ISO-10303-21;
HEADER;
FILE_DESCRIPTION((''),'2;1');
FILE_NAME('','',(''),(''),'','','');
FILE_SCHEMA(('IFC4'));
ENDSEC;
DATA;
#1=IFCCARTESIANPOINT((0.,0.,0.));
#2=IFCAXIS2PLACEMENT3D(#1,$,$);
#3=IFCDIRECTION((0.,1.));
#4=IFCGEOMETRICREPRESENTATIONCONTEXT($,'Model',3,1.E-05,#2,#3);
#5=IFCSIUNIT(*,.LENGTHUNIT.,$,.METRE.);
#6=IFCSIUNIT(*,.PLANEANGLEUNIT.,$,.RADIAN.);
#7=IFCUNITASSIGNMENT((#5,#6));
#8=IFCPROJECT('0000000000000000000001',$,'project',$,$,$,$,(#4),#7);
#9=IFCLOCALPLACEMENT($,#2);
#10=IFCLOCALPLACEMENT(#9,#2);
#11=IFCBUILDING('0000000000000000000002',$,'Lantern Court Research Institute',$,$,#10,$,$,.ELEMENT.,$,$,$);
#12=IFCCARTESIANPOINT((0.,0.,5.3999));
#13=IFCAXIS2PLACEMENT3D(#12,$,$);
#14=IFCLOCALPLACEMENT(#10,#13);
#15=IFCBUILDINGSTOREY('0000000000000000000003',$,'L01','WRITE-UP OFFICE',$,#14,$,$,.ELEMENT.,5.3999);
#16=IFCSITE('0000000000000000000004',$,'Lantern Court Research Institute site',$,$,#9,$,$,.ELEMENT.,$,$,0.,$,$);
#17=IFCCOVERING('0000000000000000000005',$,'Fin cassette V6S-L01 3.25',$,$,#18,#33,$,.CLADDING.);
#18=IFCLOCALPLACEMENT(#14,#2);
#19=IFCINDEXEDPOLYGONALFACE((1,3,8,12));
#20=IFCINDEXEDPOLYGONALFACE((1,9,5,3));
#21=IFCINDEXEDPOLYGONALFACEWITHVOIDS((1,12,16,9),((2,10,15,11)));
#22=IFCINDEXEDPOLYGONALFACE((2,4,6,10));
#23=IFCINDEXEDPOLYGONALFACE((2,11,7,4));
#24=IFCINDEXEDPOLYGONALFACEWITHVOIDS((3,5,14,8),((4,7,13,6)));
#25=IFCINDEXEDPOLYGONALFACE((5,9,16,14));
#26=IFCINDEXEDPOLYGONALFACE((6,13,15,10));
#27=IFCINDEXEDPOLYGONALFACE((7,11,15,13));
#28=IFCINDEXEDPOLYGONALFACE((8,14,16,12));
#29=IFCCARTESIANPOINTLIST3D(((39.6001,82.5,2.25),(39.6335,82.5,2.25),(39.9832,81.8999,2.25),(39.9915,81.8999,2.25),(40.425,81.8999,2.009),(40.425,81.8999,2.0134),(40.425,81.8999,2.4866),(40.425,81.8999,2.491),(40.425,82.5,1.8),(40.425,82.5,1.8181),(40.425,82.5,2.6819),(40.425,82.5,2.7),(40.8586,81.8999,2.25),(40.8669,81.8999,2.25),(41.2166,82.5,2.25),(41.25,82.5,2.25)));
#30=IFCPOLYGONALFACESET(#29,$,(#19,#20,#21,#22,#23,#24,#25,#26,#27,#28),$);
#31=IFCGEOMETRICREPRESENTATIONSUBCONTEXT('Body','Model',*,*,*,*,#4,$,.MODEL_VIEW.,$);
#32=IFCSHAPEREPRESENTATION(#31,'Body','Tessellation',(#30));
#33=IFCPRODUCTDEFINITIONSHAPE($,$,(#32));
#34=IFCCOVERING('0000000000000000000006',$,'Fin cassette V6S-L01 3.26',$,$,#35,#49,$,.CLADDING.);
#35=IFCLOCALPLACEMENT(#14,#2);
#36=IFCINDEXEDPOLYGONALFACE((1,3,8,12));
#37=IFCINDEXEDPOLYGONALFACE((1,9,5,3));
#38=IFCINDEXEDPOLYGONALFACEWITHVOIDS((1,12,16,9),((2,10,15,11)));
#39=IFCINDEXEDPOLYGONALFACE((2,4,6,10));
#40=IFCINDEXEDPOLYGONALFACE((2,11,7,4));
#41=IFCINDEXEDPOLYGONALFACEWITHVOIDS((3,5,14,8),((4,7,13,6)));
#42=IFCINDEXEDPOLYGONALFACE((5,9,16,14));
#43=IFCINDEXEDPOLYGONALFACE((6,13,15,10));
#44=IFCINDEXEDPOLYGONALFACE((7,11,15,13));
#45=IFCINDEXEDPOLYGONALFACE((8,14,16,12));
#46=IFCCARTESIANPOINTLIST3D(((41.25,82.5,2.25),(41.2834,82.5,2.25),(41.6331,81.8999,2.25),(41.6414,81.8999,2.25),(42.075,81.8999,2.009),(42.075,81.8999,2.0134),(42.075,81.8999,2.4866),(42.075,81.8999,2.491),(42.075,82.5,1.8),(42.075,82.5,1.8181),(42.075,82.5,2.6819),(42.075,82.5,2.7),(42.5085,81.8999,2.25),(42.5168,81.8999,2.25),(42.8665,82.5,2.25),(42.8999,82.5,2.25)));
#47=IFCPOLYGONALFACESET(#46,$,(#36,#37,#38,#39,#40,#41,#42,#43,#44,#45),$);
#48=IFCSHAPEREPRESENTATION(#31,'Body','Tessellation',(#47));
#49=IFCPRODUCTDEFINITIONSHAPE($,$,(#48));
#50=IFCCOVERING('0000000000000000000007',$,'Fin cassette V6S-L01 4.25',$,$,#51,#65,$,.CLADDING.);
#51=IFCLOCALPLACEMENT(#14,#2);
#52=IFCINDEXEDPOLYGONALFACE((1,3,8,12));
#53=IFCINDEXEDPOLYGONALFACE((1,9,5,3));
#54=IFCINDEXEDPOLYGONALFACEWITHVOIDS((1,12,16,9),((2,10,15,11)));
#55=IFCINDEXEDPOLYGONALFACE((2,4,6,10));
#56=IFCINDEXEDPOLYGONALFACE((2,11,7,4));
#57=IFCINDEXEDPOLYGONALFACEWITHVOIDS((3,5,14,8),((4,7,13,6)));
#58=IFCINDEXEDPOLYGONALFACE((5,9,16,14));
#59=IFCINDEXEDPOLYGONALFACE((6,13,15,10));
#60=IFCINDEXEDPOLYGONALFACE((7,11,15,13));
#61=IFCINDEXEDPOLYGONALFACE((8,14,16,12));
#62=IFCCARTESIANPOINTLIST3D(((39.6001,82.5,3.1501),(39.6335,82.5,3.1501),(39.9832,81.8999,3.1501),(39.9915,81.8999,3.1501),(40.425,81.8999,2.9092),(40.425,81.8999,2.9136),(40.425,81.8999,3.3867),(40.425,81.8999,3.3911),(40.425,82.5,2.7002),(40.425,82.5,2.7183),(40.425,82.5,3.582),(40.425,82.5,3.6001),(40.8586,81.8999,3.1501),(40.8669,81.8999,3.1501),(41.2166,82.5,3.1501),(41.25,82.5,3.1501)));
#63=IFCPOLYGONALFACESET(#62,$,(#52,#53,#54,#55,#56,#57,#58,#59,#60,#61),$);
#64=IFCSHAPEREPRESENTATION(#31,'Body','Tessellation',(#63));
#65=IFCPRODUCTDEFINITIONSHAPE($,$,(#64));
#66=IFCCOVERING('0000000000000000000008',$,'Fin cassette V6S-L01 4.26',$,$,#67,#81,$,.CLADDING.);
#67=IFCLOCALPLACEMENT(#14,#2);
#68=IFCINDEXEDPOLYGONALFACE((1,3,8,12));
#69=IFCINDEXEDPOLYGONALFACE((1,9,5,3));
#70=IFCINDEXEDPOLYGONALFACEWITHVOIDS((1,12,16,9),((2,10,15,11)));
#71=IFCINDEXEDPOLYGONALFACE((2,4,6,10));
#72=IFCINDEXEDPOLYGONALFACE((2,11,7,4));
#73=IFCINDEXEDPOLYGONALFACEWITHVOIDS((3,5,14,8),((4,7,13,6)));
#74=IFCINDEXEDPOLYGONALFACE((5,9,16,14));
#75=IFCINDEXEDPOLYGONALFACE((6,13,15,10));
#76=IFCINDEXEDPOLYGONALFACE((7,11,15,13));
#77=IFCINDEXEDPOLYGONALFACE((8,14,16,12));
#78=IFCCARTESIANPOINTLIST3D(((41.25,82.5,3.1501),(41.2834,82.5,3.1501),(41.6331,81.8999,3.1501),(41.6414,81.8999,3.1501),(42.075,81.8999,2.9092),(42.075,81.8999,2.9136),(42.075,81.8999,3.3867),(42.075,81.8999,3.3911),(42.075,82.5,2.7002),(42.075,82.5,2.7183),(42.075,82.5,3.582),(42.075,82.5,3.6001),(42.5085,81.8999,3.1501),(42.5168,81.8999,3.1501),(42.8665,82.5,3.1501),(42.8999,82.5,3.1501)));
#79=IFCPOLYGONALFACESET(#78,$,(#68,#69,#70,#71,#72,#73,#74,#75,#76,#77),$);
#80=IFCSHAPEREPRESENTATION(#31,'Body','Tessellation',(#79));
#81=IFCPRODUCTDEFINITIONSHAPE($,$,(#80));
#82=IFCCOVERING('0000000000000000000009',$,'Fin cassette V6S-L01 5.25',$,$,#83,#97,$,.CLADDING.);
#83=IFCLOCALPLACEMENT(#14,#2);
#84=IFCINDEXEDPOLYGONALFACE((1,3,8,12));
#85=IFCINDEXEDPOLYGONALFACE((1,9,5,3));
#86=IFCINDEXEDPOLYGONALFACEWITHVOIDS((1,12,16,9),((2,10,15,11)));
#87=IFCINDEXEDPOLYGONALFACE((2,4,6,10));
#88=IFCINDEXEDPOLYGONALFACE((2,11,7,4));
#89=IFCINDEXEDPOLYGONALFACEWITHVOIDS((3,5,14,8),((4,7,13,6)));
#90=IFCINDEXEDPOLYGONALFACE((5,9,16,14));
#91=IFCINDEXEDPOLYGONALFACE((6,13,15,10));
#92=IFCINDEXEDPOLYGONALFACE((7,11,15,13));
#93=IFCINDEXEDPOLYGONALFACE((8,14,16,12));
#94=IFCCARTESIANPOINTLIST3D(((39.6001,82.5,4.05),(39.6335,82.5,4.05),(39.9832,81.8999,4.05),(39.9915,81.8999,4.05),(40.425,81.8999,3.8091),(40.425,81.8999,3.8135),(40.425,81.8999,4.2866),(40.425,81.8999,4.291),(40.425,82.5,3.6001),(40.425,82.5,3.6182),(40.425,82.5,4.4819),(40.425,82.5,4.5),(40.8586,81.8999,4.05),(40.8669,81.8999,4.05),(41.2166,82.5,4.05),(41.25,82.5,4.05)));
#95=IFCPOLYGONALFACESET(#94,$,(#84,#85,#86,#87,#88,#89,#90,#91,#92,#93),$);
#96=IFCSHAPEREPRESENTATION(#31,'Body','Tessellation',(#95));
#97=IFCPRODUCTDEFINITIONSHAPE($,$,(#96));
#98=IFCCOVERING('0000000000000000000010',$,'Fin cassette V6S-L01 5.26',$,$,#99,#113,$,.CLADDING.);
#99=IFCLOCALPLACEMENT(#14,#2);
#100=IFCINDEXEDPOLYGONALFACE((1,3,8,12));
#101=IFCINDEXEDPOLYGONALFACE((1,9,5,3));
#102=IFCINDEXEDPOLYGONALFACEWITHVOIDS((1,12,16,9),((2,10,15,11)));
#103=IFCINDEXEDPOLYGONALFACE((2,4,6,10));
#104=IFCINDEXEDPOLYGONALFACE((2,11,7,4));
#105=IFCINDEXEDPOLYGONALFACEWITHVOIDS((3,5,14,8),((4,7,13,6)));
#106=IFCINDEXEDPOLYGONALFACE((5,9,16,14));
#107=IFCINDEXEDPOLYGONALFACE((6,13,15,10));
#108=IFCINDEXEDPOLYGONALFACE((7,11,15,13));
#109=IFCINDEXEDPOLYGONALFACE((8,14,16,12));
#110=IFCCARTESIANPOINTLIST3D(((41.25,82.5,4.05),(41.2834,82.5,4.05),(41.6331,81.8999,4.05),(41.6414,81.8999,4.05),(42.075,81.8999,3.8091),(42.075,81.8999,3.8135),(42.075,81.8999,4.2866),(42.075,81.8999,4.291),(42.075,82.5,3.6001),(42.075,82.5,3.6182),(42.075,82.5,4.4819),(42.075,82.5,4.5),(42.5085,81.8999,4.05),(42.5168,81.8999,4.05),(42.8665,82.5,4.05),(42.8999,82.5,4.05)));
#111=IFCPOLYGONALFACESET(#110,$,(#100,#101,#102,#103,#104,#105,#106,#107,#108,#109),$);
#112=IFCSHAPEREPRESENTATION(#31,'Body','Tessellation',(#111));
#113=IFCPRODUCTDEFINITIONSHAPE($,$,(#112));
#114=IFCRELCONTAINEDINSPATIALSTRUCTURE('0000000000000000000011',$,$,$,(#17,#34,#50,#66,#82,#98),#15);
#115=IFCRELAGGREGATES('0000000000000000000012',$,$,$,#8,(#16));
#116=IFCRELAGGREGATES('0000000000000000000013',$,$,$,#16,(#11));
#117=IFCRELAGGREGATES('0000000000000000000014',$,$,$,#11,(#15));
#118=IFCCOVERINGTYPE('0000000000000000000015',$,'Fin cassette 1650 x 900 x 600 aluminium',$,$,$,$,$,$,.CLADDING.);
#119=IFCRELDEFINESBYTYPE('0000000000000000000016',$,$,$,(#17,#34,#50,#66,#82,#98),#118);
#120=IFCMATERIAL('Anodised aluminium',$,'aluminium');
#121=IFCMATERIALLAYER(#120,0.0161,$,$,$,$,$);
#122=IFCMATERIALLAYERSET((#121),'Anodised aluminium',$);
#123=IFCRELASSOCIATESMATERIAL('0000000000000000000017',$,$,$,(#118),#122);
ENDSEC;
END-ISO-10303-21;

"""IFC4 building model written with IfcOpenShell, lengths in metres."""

from ifc_helpers import new_model, entity, si_unit, direction, frame, origin, place, context, subcontext, project, spatial, material, layer, layer_set, type_object, element, save


model = new_model("IFC4")

# Units and contexts
model_context = context("Model", 3, precision=1e-05, world=origin(), true_north=direction((0.0, 1.0)))
body_context = subcontext(model_context, "Body", "Model", "MODEL_VIEW")
ifc_project = project(units=[si_unit("LENGTHUNIT", "METRE"), si_unit("PLANEANGLEUNIT", "RADIAN")], contexts=[model_context])

# Site, building, storey
site_placement = place(None, origin())
site = spatial("IfcSite", under=ifc_project, at=site_placement, Name="Lantern Court Research Institute site", CompositionType="ELEMENT", RefElevation=0.0)
building_placement = place(site_placement, origin())
building = spatial("IfcBuilding", under=site, at=building_placement, Name="Lantern Court Research Institute", CompositionType="ELEMENT")
storey_placement = place(building_placement, frame((0.0, 0.0, 5.3999)))
storey = spatial("IfcBuildingStorey", under=building, at=storey_placement, Name="L01", Description="WRITE-UP OFFICE", CompositionType="ELEMENT", Elevation=5.3999)

# Coverings
ifc_material_1 = material(Name="Anodised aluminium", Category="aluminium")
ifc_layer_1 = layer(ifc_material_1, 0.0161)
ifc_layer_set_1 = layer_set([ifc_layer_1], Name="Anodised aluminium")
covering_type = type_object("IfcCoveringType", Name="Fin cassette 1650 x 900 x 600 aluminium", PredefinedType="CLADDING", material=ifc_layer_set_1)
covering_1_placement = place(storey_placement, frame((40.425, 82.5, 2.25), z_axis=(0.0, -1.0, 0.0), x_axis=(1.0, 0.0, 0.0)))
cartesian_point_1 = entity("IfcCartesianPoint", [0.825, 0.0])
cartesian_point_2 = entity("IfcCartesianPoint", [0.7915, 0.0])
cartesian_point_3 = entity("IfcCartesianPoint", [0.4419, 0.0])
cartesian_point_4 = entity("IfcCartesianPoint", [0.4336, 0.0])
element("IfcCovering", 1, at=covering_1_placement, inside=storey, type_object=covering_type, Name="Fin cassette V6S-L01 3.25", PredefinedType="CLADDING", context=body_context, shape_type="SweptSolid", body=[
    entity("IfcExtrudedAreaSolidTapered", entity("IfcArbitraryProfileDefWithVoids", "AREA", None, entity("IfcPolyline", [cartesian_point_1, entity("IfcCartesianPoint", [0.0, 0.45]), entity("IfcCartesianPoint", [-0.825, 0.0]), entity("IfcCartesianPoint", [0.0, -0.45]), cartesian_point_1]), [entity("IfcPolyline", [cartesian_point_2, entity("IfcCartesianPoint", [0.0, 0.4319]), entity("IfcCartesianPoint", [-0.7915, 0.0]), entity("IfcCartesianPoint", [0.0, -0.4319]), cartesian_point_2])]), entity("IfcAxis2Placement3D", entity("IfcCartesianPoint", [0.0, 0.0, 0.0])), entity("IfcDirection", [0.0, 0.0, 1.0]), 0.6001, entity("IfcArbitraryProfileDefWithVoids", "AREA", None, entity("IfcPolyline", [cartesian_point_3, entity("IfcCartesianPoint", [0.0, 0.241]), entity("IfcCartesianPoint", [-0.4419, 0.0]), entity("IfcCartesianPoint", [0.0, -0.241]), cartesian_point_3]), [entity("IfcPolyline", [cartesian_point_4, entity("IfcCartesianPoint", [0.0, 0.2366]), entity("IfcCartesianPoint", [-0.4336, 0.0]), entity("IfcCartesianPoint", [0.0, -0.2366]), cartesian_point_4])])),
])
covering_2_placement = place(storey_placement, frame((42.075, 82.5, 2.25), z_axis=(0.0, -1.0, 0.0), x_axis=(1.0, 0.0, 0.0)))
cartesian_point_5 = entity("IfcCartesianPoint", [0.825, 0.0])
cartesian_point_6 = entity("IfcCartesianPoint", [0.7915, 0.0])
cartesian_point_7 = entity("IfcCartesianPoint", [0.4419, 0.0])
cartesian_point_8 = entity("IfcCartesianPoint", [0.4336, 0.0])
element("IfcCovering", 2, at=covering_2_placement, inside=storey, type_object=covering_type, Name="Fin cassette V6S-L01 3.26", PredefinedType="CLADDING", context=body_context, shape_type="SweptSolid", body=[
    entity("IfcExtrudedAreaSolidTapered", entity("IfcArbitraryProfileDefWithVoids", "AREA", None, entity("IfcPolyline", [cartesian_point_5, entity("IfcCartesianPoint", [0.0, 0.45]), entity("IfcCartesianPoint", [-0.825, 0.0]), entity("IfcCartesianPoint", [0.0, -0.45]), cartesian_point_5]), [entity("IfcPolyline", [cartesian_point_6, entity("IfcCartesianPoint", [0.0, 0.4319]), entity("IfcCartesianPoint", [-0.7915, 0.0]), entity("IfcCartesianPoint", [0.0, -0.4319]), cartesian_point_6])]), entity("IfcAxis2Placement3D", entity("IfcCartesianPoint", [0.0, 0.0, 0.0])), entity("IfcDirection", [0.0, 0.0, 1.0]), 0.6001, entity("IfcArbitraryProfileDefWithVoids", "AREA", None, entity("IfcPolyline", [cartesian_point_7, entity("IfcCartesianPoint", [0.0, 0.241]), entity("IfcCartesianPoint", [-0.4419, 0.0]), entity("IfcCartesianPoint", [0.0, -0.241]), cartesian_point_7]), [entity("IfcPolyline", [cartesian_point_8, entity("IfcCartesianPoint", [0.0, 0.2366]), entity("IfcCartesianPoint", [-0.4336, 0.0]), entity("IfcCartesianPoint", [0.0, -0.2366]), cartesian_point_8])])),
])
covering_3_placement = place(storey_placement, frame((40.425, 82.5, 3.1501), z_axis=(0.0, -1.0, 0.0), x_axis=(1.0, 0.0, 0.0)))
cartesian_point_9 = entity("IfcCartesianPoint", [0.825, 0.0])
cartesian_point_10 = entity("IfcCartesianPoint", [0.7915, 0.0])
cartesian_point_11 = entity("IfcCartesianPoint", [0.4419, 0.0])
cartesian_point_12 = entity("IfcCartesianPoint", [0.4336, 0.0])
element("IfcCovering", 3, at=covering_3_placement, inside=storey, type_object=covering_type, Name="Fin cassette V6S-L01 4.25", PredefinedType="CLADDING", context=body_context, shape_type="SweptSolid", body=[
    entity("IfcExtrudedAreaSolidTapered", entity("IfcArbitraryProfileDefWithVoids", "AREA", None, entity("IfcPolyline", [cartesian_point_9, entity("IfcCartesianPoint", [0.0, 0.45]), entity("IfcCartesianPoint", [-0.825, 0.0]), entity("IfcCartesianPoint", [0.0, -0.45]), cartesian_point_9]), [entity("IfcPolyline", [cartesian_point_10, entity("IfcCartesianPoint", [0.0, 0.4319]), entity("IfcCartesianPoint", [-0.7915, 0.0]), entity("IfcCartesianPoint", [0.0, -0.4319]), cartesian_point_10])]), entity("IfcAxis2Placement3D", entity("IfcCartesianPoint", [0.0, 0.0, 0.0])), entity("IfcDirection", [0.0, 0.0, 1.0]), 0.6001, entity("IfcArbitraryProfileDefWithVoids", "AREA", None, entity("IfcPolyline", [cartesian_point_11, entity("IfcCartesianPoint", [0.0, 0.241]), entity("IfcCartesianPoint", [-0.4419, 0.0]), entity("IfcCartesianPoint", [0.0, -0.241]), cartesian_point_11]), [entity("IfcPolyline", [cartesian_point_12, entity("IfcCartesianPoint", [0.0, 0.2366]), entity("IfcCartesianPoint", [-0.4336, 0.0]), entity("IfcCartesianPoint", [0.0, -0.2366]), cartesian_point_12])])),
])
covering_4_placement = place(storey_placement, frame((42.075, 82.5, 3.1501), z_axis=(0.0, -1.0, 0.0), x_axis=(1.0, 0.0, 0.0)))
cartesian_point_13 = entity("IfcCartesianPoint", [0.825, 0.0])
cartesian_point_14 = entity("IfcCartesianPoint", [0.7915, 0.0])
cartesian_point_15 = entity("IfcCartesianPoint", [0.4419, 0.0])
cartesian_point_16 = entity("IfcCartesianPoint", [0.4336, 0.0])
element("IfcCovering", 4, at=covering_4_placement, inside=storey, type_object=covering_type, Name="Fin cassette V6S-L01 4.26", PredefinedType="CLADDING", context=body_context, shape_type="SweptSolid", body=[
    entity("IfcExtrudedAreaSolidTapered", entity("IfcArbitraryProfileDefWithVoids", "AREA", None, entity("IfcPolyline", [cartesian_point_13, entity("IfcCartesianPoint", [0.0, 0.45]), entity("IfcCartesianPoint", [-0.825, 0.0]), entity("IfcCartesianPoint", [0.0, -0.45]), cartesian_point_13]), [entity("IfcPolyline", [cartesian_point_14, entity("IfcCartesianPoint", [0.0, 0.4319]), entity("IfcCartesianPoint", [-0.7915, 0.0]), entity("IfcCartesianPoint", [0.0, -0.4319]), cartesian_point_14])]), entity("IfcAxis2Placement3D", entity("IfcCartesianPoint", [0.0, 0.0, 0.0])), entity("IfcDirection", [0.0, 0.0, 1.0]), 0.6001, entity("IfcArbitraryProfileDefWithVoids", "AREA", None, entity("IfcPolyline", [cartesian_point_15, entity("IfcCartesianPoint", [0.0, 0.241]), entity("IfcCartesianPoint", [-0.4419, 0.0]), entity("IfcCartesianPoint", [0.0, -0.241]), cartesian_point_15]), [entity("IfcPolyline", [cartesian_point_16, entity("IfcCartesianPoint", [0.0, 0.2366]), entity("IfcCartesianPoint", [-0.4336, 0.0]), entity("IfcCartesianPoint", [0.0, -0.2366]), cartesian_point_16])])),
])
covering_5_placement = place(storey_placement, frame((40.425, 82.5, 4.05), z_axis=(0.0, -1.0, 0.0), x_axis=(1.0, 0.0, 0.0)))
cartesian_point_17 = entity("IfcCartesianPoint", [0.825, 0.0])
cartesian_point_18 = entity("IfcCartesianPoint", [0.7915, 0.0])
cartesian_point_19 = entity("IfcCartesianPoint", [0.4419, 0.0])
cartesian_point_20 = entity("IfcCartesianPoint", [0.4336, 0.0])
element("IfcCovering", 5, at=covering_5_placement, inside=storey, type_object=covering_type, Name="Fin cassette V6S-L01 5.25", PredefinedType="CLADDING", context=body_context, shape_type="SweptSolid", body=[
    entity("IfcExtrudedAreaSolidTapered", entity("IfcArbitraryProfileDefWithVoids", "AREA", None, entity("IfcPolyline", [cartesian_point_17, entity("IfcCartesianPoint", [0.0, 0.45]), entity("IfcCartesianPoint", [-0.825, 0.0]), entity("IfcCartesianPoint", [0.0, -0.45]), cartesian_point_17]), [entity("IfcPolyline", [cartesian_point_18, entity("IfcCartesianPoint", [0.0, 0.4319]), entity("IfcCartesianPoint", [-0.7915, 0.0]), entity("IfcCartesianPoint", [0.0, -0.4319]), cartesian_point_18])]), entity("IfcAxis2Placement3D", entity("IfcCartesianPoint", [0.0, 0.0, 0.0])), entity("IfcDirection", [0.0, 0.0, 1.0]), 0.6001, entity("IfcArbitraryProfileDefWithVoids", "AREA", None, entity("IfcPolyline", [cartesian_point_19, entity("IfcCartesianPoint", [0.0, 0.241]), entity("IfcCartesianPoint", [-0.4419, 0.0]), entity("IfcCartesianPoint", [0.0, -0.241]), cartesian_point_19]), [entity("IfcPolyline", [cartesian_point_20, entity("IfcCartesianPoint", [0.0, 0.2366]), entity("IfcCartesianPoint", [-0.4336, 0.0]), entity("IfcCartesianPoint", [0.0, -0.2366]), cartesian_point_20])])),
])
covering_6_placement = place(storey_placement, frame((42.075, 82.5, 4.05), z_axis=(0.0, -1.0, 0.0), x_axis=(1.0, 0.0, 0.0)))
cartesian_point_21 = entity("IfcCartesianPoint", [0.825, 0.0])
cartesian_point_22 = entity("IfcCartesianPoint", [0.7915, 0.0])
cartesian_point_23 = entity("IfcCartesianPoint", [0.4419, 0.0])
cartesian_point_24 = entity("IfcCartesianPoint", [0.4336, 0.0])
element("IfcCovering", 6, at=covering_6_placement, inside=storey, type_object=covering_type, Name="Fin cassette V6S-L01 5.26", PredefinedType="CLADDING", context=body_context, shape_type="SweptSolid", body=[
    entity("IfcExtrudedAreaSolidTapered", entity("IfcArbitraryProfileDefWithVoids", "AREA", None, entity("IfcPolyline", [cartesian_point_21, entity("IfcCartesianPoint", [0.0, 0.45]), entity("IfcCartesianPoint", [-0.825, 0.0]), entity("IfcCartesianPoint", [0.0, -0.45]), cartesian_point_21]), [entity("IfcPolyline", [cartesian_point_22, entity("IfcCartesianPoint", [0.0, 0.4319]), entity("IfcCartesianPoint", [-0.7915, 0.0]), entity("IfcCartesianPoint", [0.0, -0.4319]), cartesian_point_22])]), entity("IfcAxis2Placement3D", entity("IfcCartesianPoint", [0.0, 0.0, 0.0])), entity("IfcDirection", [0.0, 0.0, 1.0]), 0.6001, entity("IfcArbitraryProfileDefWithVoids", "AREA", None, entity("IfcPolyline", [cartesian_point_23, entity("IfcCartesianPoint", [0.0, 0.241]), entity("IfcCartesianPoint", [-0.4419, 0.0]), entity("IfcCartesianPoint", [0.0, -0.241]), cartesian_point_23]), [entity("IfcPolyline", [cartesian_point_24, entity("IfcCartesianPoint", [0.0, 0.2366]), entity("IfcCartesianPoint", [-0.4336, 0.0]), entity("IfcCartesianPoint", [0.0, -0.2366]), cartesian_point_24])])),
])

save(model, "model.ifc")
